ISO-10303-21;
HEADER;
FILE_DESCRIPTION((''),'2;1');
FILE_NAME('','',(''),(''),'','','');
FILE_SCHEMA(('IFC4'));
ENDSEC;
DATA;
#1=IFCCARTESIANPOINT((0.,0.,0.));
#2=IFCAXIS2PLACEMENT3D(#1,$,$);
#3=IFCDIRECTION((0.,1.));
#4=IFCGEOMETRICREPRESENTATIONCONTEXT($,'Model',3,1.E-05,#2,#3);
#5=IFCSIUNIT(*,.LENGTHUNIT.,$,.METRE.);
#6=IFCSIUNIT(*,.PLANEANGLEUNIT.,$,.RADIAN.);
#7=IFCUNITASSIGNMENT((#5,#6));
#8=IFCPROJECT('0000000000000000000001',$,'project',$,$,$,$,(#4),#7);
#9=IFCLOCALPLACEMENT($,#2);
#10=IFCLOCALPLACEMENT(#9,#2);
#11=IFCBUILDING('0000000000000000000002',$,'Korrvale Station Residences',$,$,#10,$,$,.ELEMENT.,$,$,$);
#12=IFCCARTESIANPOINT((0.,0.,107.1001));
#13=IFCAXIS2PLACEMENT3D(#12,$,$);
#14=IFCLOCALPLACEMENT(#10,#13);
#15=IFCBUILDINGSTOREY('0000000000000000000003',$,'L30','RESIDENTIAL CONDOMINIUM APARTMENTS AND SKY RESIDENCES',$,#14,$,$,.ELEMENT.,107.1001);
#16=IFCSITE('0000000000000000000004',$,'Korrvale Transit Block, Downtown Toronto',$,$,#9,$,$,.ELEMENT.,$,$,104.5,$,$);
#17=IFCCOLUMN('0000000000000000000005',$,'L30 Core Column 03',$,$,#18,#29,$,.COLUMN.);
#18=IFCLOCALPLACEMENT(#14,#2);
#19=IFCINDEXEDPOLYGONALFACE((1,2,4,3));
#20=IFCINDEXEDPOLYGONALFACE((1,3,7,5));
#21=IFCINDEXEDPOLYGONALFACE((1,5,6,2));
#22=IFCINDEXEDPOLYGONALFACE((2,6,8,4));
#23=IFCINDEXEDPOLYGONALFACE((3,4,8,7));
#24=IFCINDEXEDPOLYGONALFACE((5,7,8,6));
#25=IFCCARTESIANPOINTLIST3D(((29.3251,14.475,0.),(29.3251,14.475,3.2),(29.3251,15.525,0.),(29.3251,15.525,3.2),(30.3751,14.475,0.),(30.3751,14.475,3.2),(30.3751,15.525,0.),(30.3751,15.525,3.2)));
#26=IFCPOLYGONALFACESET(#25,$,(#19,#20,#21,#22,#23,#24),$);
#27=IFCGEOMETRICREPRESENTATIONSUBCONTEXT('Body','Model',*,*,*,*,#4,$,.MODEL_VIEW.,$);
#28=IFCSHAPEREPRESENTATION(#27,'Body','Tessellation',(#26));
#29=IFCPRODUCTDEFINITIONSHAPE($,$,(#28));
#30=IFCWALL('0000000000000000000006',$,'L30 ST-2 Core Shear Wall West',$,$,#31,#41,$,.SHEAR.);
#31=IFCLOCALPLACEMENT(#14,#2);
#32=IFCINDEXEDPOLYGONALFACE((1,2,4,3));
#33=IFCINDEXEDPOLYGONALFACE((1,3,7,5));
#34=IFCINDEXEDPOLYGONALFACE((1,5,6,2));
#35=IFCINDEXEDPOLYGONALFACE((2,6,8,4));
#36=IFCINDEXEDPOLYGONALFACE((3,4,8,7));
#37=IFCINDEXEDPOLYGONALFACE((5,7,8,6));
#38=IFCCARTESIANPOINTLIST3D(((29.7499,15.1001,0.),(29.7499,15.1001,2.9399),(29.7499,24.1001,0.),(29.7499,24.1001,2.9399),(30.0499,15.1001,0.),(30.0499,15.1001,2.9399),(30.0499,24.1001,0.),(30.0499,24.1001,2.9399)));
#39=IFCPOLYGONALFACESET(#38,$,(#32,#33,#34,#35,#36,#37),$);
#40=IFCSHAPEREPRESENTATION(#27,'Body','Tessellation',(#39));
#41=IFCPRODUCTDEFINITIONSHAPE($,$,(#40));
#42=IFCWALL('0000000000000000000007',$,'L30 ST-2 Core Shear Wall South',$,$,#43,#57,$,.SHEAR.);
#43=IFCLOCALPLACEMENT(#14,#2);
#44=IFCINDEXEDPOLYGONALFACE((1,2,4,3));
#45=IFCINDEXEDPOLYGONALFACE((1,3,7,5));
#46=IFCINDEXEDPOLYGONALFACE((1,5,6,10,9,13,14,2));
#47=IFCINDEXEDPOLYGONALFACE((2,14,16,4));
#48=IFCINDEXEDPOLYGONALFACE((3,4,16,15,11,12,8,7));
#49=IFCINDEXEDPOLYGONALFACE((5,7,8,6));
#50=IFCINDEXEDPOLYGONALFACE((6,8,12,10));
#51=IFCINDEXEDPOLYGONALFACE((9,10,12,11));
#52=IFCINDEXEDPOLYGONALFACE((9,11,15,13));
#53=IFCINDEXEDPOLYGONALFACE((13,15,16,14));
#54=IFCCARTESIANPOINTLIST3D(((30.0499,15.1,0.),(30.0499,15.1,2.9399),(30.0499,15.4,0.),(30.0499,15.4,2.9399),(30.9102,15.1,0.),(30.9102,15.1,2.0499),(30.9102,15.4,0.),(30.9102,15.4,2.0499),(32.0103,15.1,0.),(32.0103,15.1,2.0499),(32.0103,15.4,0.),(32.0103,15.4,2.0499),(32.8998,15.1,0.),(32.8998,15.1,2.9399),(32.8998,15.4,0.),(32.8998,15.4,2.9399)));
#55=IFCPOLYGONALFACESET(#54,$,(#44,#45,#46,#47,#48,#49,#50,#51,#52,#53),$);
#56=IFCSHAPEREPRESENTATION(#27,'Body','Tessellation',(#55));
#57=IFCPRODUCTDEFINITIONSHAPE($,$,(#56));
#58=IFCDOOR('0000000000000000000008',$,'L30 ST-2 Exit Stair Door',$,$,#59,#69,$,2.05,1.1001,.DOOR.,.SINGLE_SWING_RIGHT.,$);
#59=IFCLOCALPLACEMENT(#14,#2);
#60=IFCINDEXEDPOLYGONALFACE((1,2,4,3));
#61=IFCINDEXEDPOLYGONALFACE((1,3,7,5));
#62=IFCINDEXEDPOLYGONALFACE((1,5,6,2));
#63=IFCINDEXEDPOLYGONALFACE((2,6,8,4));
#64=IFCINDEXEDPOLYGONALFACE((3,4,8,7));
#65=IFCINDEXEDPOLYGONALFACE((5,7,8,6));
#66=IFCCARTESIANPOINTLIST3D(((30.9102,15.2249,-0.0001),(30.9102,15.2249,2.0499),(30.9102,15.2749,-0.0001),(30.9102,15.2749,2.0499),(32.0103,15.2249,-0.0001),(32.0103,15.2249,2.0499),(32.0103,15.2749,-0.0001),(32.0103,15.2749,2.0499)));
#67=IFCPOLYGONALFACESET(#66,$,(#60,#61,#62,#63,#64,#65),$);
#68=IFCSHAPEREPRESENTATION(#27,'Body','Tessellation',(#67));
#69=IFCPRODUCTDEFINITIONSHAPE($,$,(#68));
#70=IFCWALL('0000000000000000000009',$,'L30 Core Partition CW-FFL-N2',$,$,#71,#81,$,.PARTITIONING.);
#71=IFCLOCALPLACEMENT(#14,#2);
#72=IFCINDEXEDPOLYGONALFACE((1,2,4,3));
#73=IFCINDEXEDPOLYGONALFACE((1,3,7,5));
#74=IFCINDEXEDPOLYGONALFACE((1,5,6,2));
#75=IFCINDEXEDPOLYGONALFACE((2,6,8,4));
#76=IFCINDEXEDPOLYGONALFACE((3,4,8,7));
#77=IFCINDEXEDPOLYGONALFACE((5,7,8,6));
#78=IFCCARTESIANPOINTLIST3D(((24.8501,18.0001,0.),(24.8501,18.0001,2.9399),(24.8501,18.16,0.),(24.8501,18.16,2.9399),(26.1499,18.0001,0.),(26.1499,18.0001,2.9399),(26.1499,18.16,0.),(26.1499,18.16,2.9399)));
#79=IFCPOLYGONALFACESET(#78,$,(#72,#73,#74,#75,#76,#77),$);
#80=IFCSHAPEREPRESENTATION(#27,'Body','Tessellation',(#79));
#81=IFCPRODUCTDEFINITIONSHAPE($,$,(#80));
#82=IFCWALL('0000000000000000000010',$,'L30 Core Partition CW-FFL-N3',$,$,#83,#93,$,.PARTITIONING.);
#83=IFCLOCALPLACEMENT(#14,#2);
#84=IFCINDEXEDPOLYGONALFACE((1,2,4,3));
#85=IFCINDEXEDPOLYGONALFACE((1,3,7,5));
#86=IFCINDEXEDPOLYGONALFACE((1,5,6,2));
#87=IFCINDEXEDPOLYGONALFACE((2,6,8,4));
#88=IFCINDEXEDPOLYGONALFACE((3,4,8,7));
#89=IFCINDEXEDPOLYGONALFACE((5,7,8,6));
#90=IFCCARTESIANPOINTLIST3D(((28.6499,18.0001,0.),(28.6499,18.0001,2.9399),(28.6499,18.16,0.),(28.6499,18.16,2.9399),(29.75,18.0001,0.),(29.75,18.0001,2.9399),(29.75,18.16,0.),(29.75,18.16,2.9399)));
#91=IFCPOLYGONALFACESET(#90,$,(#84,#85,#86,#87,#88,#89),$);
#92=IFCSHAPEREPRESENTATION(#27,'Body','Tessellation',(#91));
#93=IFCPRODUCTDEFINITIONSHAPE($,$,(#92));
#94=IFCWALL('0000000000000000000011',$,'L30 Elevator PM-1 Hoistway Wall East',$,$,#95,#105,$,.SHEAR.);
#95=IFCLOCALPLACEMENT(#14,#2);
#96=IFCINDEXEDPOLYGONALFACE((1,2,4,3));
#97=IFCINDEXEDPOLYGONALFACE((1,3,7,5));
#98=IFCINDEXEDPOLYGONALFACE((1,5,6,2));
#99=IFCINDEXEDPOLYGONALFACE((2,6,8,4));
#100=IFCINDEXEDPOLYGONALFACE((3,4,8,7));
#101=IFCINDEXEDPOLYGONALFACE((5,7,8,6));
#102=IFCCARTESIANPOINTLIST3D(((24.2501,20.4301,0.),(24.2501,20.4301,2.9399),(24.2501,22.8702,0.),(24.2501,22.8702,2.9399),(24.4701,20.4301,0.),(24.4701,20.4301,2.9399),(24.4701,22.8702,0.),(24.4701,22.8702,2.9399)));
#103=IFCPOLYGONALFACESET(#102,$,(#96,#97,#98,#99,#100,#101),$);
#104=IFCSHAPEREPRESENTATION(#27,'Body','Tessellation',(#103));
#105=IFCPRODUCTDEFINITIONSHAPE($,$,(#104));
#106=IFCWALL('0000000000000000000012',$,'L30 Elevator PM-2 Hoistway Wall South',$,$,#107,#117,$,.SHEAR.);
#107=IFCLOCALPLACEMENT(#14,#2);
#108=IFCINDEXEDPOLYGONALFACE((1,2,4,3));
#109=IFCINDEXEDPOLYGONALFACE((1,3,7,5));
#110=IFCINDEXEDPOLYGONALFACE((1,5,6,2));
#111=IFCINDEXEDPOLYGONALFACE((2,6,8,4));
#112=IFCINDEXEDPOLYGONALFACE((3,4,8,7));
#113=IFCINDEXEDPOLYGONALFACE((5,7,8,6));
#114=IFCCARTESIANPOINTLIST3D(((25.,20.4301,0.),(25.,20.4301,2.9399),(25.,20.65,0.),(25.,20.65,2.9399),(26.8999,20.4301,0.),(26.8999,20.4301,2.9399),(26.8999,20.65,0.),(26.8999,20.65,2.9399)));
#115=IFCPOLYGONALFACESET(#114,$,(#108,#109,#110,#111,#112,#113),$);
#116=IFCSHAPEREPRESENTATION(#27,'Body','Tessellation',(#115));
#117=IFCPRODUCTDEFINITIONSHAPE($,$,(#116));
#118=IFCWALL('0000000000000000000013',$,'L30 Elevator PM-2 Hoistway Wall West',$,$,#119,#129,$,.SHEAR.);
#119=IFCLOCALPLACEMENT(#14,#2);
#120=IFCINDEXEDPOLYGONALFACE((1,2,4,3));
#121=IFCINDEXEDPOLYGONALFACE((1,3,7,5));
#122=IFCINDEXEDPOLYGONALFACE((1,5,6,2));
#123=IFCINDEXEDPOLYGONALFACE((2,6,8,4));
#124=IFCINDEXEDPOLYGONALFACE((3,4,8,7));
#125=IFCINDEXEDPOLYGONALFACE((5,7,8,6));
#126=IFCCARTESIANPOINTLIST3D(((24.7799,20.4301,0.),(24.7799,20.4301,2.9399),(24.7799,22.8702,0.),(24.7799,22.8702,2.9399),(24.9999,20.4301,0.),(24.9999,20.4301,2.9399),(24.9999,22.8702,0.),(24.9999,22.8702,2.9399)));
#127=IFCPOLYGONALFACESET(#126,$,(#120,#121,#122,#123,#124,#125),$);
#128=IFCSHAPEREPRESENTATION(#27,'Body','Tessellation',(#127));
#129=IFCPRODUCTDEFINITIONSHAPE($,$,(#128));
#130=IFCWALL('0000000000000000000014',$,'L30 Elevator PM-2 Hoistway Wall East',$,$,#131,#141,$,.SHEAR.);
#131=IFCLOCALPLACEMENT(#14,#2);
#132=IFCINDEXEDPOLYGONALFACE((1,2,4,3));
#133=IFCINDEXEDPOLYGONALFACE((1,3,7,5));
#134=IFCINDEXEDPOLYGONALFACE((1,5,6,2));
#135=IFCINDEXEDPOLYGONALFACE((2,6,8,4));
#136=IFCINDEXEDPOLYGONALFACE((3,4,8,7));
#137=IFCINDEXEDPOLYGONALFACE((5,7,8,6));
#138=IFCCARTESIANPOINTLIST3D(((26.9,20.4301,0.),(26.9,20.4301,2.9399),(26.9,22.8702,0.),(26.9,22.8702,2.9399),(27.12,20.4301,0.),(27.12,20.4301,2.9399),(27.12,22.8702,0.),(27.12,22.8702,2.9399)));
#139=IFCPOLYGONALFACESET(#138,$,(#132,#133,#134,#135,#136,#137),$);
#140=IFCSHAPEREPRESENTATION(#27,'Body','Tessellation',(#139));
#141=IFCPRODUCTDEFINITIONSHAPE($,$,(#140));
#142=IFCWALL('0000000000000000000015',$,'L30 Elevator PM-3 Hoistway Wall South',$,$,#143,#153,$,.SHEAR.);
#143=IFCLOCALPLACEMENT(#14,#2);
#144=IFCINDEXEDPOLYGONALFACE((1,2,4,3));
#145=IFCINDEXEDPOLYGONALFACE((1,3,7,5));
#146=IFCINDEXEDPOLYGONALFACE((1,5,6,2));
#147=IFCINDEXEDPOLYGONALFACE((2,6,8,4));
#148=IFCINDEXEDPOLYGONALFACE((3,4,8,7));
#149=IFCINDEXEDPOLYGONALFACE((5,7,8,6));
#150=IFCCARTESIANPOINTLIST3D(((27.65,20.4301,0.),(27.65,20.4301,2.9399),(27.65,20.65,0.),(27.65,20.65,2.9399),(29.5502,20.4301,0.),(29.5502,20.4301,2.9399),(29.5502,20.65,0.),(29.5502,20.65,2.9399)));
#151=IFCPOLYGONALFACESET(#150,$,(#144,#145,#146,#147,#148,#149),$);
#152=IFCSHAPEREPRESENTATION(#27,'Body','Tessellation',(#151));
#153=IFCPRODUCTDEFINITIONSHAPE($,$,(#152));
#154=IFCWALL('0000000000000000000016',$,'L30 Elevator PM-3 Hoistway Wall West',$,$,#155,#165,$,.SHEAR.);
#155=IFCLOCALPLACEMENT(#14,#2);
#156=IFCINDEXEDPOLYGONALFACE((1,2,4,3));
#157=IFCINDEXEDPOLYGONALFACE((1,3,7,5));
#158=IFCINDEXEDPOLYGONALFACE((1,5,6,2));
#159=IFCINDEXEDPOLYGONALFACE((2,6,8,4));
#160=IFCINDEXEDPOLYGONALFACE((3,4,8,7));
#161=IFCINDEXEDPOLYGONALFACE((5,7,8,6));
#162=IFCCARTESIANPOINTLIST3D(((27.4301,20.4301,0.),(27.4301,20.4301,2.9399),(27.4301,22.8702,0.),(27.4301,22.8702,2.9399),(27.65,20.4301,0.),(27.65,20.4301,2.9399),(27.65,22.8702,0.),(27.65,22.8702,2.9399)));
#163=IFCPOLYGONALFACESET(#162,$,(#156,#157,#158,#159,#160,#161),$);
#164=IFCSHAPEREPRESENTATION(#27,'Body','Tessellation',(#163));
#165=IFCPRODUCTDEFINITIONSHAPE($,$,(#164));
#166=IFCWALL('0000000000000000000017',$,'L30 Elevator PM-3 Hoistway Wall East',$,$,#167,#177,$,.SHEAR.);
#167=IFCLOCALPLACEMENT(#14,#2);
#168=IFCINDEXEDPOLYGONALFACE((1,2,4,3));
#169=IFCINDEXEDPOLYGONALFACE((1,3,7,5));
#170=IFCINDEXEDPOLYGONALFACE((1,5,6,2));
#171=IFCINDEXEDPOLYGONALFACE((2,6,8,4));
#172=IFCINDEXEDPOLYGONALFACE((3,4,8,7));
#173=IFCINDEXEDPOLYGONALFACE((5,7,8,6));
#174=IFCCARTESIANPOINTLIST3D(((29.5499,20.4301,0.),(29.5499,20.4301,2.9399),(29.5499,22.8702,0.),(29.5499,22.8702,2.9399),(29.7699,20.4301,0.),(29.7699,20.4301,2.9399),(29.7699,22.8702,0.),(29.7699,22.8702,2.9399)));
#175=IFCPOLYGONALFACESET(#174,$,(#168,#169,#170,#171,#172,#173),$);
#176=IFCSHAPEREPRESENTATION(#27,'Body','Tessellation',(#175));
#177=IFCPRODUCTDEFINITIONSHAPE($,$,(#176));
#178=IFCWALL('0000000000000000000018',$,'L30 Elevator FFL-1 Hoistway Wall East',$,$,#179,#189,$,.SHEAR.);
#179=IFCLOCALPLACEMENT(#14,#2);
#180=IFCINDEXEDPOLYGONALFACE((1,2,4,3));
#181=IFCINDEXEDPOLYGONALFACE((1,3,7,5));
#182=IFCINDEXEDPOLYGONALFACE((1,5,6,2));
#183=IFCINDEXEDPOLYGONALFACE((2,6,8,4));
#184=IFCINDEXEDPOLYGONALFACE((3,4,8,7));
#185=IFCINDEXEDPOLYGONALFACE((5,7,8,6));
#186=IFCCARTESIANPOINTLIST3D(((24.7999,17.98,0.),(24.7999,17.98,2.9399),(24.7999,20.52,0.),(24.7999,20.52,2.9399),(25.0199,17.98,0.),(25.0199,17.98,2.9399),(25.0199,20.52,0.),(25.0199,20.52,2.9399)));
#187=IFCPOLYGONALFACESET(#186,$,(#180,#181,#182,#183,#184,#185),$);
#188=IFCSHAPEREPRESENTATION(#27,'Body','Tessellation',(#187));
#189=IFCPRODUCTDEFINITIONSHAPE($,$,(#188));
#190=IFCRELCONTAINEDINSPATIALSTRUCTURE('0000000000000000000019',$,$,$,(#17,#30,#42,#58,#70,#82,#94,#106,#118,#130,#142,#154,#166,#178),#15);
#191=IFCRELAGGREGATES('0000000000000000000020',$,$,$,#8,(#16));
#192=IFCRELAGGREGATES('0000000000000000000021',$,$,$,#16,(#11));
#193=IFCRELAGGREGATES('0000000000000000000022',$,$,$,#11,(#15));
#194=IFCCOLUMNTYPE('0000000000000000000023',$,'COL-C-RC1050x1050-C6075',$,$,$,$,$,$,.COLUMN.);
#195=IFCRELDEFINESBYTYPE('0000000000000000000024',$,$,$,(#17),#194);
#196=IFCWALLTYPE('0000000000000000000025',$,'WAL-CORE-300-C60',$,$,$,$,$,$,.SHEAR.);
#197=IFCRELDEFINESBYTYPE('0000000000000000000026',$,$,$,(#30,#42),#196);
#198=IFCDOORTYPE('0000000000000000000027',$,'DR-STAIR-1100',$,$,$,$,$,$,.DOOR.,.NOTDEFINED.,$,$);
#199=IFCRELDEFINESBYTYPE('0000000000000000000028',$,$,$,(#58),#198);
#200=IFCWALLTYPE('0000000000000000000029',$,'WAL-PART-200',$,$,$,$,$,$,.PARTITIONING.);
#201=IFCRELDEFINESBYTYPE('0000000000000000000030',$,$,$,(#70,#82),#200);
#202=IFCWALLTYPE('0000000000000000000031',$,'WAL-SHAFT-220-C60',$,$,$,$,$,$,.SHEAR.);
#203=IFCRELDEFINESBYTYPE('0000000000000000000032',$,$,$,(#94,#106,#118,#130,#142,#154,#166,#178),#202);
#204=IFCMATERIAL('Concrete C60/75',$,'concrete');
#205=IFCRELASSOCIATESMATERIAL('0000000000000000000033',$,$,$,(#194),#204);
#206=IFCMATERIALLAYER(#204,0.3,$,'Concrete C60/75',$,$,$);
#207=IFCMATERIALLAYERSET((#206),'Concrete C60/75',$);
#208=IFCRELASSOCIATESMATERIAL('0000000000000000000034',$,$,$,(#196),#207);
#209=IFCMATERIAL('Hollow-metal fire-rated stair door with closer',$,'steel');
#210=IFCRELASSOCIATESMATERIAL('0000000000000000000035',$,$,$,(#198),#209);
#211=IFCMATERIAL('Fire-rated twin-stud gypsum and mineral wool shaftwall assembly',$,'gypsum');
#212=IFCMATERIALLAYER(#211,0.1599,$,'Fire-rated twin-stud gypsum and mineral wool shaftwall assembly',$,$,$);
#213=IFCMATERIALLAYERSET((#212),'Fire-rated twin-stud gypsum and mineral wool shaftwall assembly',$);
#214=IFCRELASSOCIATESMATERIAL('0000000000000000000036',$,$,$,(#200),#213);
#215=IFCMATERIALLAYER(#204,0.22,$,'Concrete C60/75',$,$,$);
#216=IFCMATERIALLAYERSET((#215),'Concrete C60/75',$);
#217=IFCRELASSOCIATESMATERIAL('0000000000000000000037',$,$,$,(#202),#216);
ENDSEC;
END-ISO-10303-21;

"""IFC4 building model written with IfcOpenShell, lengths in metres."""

from ifc_helpers import new_model, si_unit, direction, frame, frame_2d, origin, origin_2d, place, context, subcontext, project, spatial, rectangle, extrude, material, layer, layer_set, material_profile, profile_set, type_object, element, fill, save


model = new_model("IFC4")

# Units and contexts
model_context = context("Model", 3, precision=1e-05, world=origin(), true_north=direction((0.0, 1.0)))
body_context = subcontext(model_context, "Body", "Model", "MODEL_VIEW")
ifc_project = project(units=[si_unit("LENGTHUNIT", "METRE"), si_unit("PLANEANGLEUNIT", "RADIAN")], contexts=[model_context])

# Site, building, storey
site_placement = place(None, origin())
site = spatial("IfcSite", under=ifc_project, at=site_placement, Name="Korrvale Transit Block, Downtown Toronto", CompositionType="ELEMENT", RefElevation=104.5)
building_placement = place(site_placement, origin())
building = spatial("IfcBuilding", under=site, at=building_placement, Name="Korrvale Station Residences", CompositionType="ELEMENT")
storey_placement = place(building_placement, frame((0.0, 0.0, 107.1001)))
storey = spatial("IfcBuildingStorey", under=building, at=storey_placement, Name="L30", Description="RESIDENTIAL CONDOMINIUM APARTMENTS AND SKY RESIDENCES", CompositionType="ELEMENT", Elevation=107.1001)

# Column
ifc_material_1 = material(Name="Concrete C60/75", Category="concrete")
ifc_material_profile = material_profile(ifc_material_1, rectangle(XDim=1.05, YDim=1.05, at=origin_2d()), Name="RC1050x1050")
ifc_profile_set = profile_set([ifc_material_profile], Name="Concrete C60/75")
column_type = type_object("IfcColumnType", Name="COL-C-RC1050x1050-C6075", PredefinedType="COLUMN", material=ifc_profile_set)
column_placement = place(storey_placement, frame((29.8501, 15.0, 0.0), z_axis=(0.0, 0.0, 1.0), x_axis=(1.0, 0.0, 0.0)))
element("IfcColumn", 1, at=column_placement, inside=storey, type_object=column_type, Name="L30 Core Column 03", PredefinedType="COLUMN", context=body_context, shape_type="SweptSolid", body=[
    extrude(rectangle(XDim=1.05, YDim=1.05, at=origin_2d()), origin(), (0.0, 0.0, 1.0), 3.2),
])

# Wall
ifc_layer_1 = layer(ifc_material_1, 0.3, Name="Concrete C60/75")
ifc_layer_set_1 = layer_set([ifc_layer_1], Name="Concrete C60/75")
wall_type_1 = type_object("IfcWallType", Name="WAL-CORE-300-C60", PredefinedType="SHEAR", material=ifc_layer_set_1)
wall_1_placement = place(storey_placement, frame((29.8999, 15.1001, 0.0), z_axis=(0.0, 0.0, 1.0), x_axis=(0.0, 1.0, 0.0)))
element("IfcWall", 2, at=wall_1_placement, inside=storey, type_object=wall_type_1, Name="L30 ST-2 Core Shear Wall West", PredefinedType="SHEAR", context=body_context, shape_type="SweptSolid", body=[
    extrude(rectangle(XDim=9.0, YDim=0.3, at=frame_2d((4.5, 0.0))), origin(), (0.0, 0.0, 1.0), 2.9399),
])

# Wall, opening, door
wall_2_placement = place(storey_placement, frame((30.05, 15.25, 0.0), z_axis=(0.0, 0.0, 1.0), x_axis=(1.0, 0.0, 0.0)))
wall_2 = element("IfcWall", 3, at=wall_2_placement, inside=storey, type_object=wall_type_1, Name="L30 ST-2 Core Shear Wall South", PredefinedType="SHEAR", context=body_context, shape_type="SweptSolid", body=[
    extrude(rectangle(XDim=2.8499, YDim=0.3, at=frame_2d((1.4248, 0.0))), origin(), (0.0, 0.0, 1.0), 2.9399),
])
opening_1_placement = place(wall_2_placement, frame((0.8601, 0.0, 0.0)))
opening_1 = element("IfcOpeningElement", 4, at=opening_1_placement, cuts=wall_2, PredefinedType="OPENING", context=body_context, shape_type="SweptSolid", body=[
    extrude(rectangle(XDim=1.1001, YDim=2.05, at=frame_2d((0.55, 1.0249))), frame((0.0, 0.1602, 0.0), z_axis=(0.0, -1.0, 0.0), x_axis=(1.0, 0.0, 0.0)), (0.0, 0.0, 1.0), 0.3201),
])
ifc_material_2 = material(Name="Hollow-metal fire-rated stair door with closer", Category="steel")
door_type_1 = type_object("IfcDoorType", Name="DR-STAIR-1100", OperationType="NOTDEFINED", PredefinedType="DOOR", material=ifc_material_2)
door_1_placement = place(opening_1_placement, origin())
door_1 = element("IfcDoor", 5, at=door_1_placement, inside=storey, type_object=door_type_1, Name="L30 ST-2 Exit Stair Door", OperationType="SINGLE_SWING_RIGHT", OverallHeight=2.05, OverallWidth=1.1001, PredefinedType="DOOR", context=body_context, shape_type="SweptSolid", body=[
    extrude(rectangle(XDim=1.1001, YDim=2.05, at=frame_2d((0.55, 1.0249))), frame((0.0, 0.0249, 0.0), z_axis=(0.0, -1.0, 0.0), x_axis=(1.0, 0.0, 0.0)), (0.0, 0.0, 1.0), 0.05),
])
fill(opening_1, door_1)

# Walls
ifc_material_3 = material(Name="Fire-rated twin-stud gypsum and mineral wool shaftwall assembly", Category="gypsum")
ifc_layer_2 = layer(ifc_material_3, 0.1599, Name="Fire-rated twin-stud gypsum and mineral wool shaftwall assembly")
ifc_layer_set_2 = layer_set([ifc_layer_2], Name="Fire-rated twin-stud gypsum and mineral wool shaftwall assembly")
wall_type_2 = type_object("IfcWallType", Name="WAL-PART-200", PredefinedType="PARTITIONING", material=ifc_layer_set_2)
wall_3_placement = place(storey_placement, frame((24.8501, 18.0801, 0.0), z_axis=(0.0, 0.0, 1.0), x_axis=(1.0, 0.0, 0.0)))
element("IfcWall", 6, at=wall_3_placement, inside=storey, type_object=wall_type_2, Name="L30 Core Partition CW-FFL-N2", PredefinedType="PARTITIONING", context=body_context, shape_type="SweptSolid", body=[
    extrude(rectangle(XDim=1.2998, YDim=0.1599, at=frame_2d((0.6499, 0.0))), origin(), (0.0, 0.0, 1.0), 2.9399),
])
wall_4_placement = place(storey_placement, frame((28.6499, 18.0801, 0.0), z_axis=(0.0, 0.0, 1.0), x_axis=(1.0, 0.0, 0.0)))
element("IfcWall", 7, at=wall_4_placement, inside=storey, type_object=wall_type_2, Name="L30 Core Partition CW-FFL-N3", PredefinedType="PARTITIONING", context=body_context, shape_type="SweptSolid", body=[
    extrude(rectangle(XDim=1.1001, YDim=0.1599, at=frame_2d((0.55, 0.0))), origin(), (0.0, 0.0, 1.0), 2.9399),
])
ifc_layer_3 = layer(ifc_material_1, 0.22, Name="Concrete C60/75")
ifc_layer_set_3 = layer_set([ifc_layer_3], Name="Concrete C60/75")
wall_type_3 = type_object("IfcWallType", Name="WAL-SHAFT-220-C60", PredefinedType="SHEAR", material=ifc_layer_set_3)
wall_5_placement = place(storey_placement, frame((24.3601, 20.4299, 0.0), z_axis=(0.0, 0.0, 1.0), x_axis=(0.0, 1.0, 0.0)))
element("IfcWall", 8, at=wall_5_placement, inside=storey, type_object=wall_type_3, Name="L30 Elevator PM-1 Hoistway Wall East", PredefinedType="SHEAR", context=body_context, shape_type="SweptSolid", body=[
    extrude(rectangle(XDim=2.4402, YDim=0.22, at=frame_2d((1.2202, 0.0))), origin(), (0.0, 0.0, 1.0), 2.9399),
])
wall_6_placement = place(storey_placement, frame((25.0, 20.54, 0.0), z_axis=(0.0, 0.0, 1.0), x_axis=(1.0, 0.0, 0.0)))
element("IfcWall", 9, at=wall_6_placement, inside=storey, type_object=wall_type_3, Name="L30 Elevator PM-2 Hoistway Wall South", PredefinedType="SHEAR", context=body_context, shape_type="SweptSolid", body=[
    extrude(rectangle(XDim=1.8999, YDim=0.22, at=frame_2d((0.95, 0.0))), origin(), (0.0, 0.0, 1.0), 2.9399),
])
for number, where, z_axis, x_axis, name in (
    (10, (24.8899, 20.4299, 0.0), (0.0, 0.0, 1.0), (0.0, 1.0, 0.0), "L30 Elevator PM-2 Hoistway Wall West"),
    (11, (27.01, 20.4299, 0.0), (0.0, 0.0, 1.0), (0.0, 1.0, 0.0), "L30 Elevator PM-2 Hoistway Wall East"),
):
    element("IfcWall", number, at=place(storey_placement, frame(where, z_axis=z_axis, x_axis=x_axis)), inside=storey, type_object=wall_type_3, Name=name, PredefinedType="SHEAR", context=body_context, shape_type="SweptSolid", body=[
        extrude(rectangle(XDim=2.4402, YDim=0.22, at=frame_2d((1.2202, 0.0))), origin(), (0.0, 0.0, 1.0), 2.9399),
    ])
wall_7_placement = place(storey_placement, frame((27.6499, 20.54, 0.0), z_axis=(0.0, 0.0, 1.0), x_axis=(1.0, 0.0, 0.0)))
element("IfcWall", 12, at=wall_7_placement, inside=storey, type_object=wall_type_3, Name="L30 Elevator PM-3 Hoistway Wall South", PredefinedType="SHEAR", context=body_context, shape_type="SweptSolid", body=[
    extrude(rectangle(XDim=1.9001, YDim=0.22, at=frame_2d((0.9502, 0.0))), origin(), (0.0, 0.0, 1.0), 2.9399),
])
for number, where, z_axis, x_axis, name in (
    (13, (27.54, 20.4299, 0.0), (0.0, 0.0, 1.0), (0.0, 1.0, 0.0), "L30 Elevator PM-3 Hoistway Wall West"),
    (14, (29.6599, 20.4299, 0.0), (0.0, 0.0, 1.0), (0.0, 1.0, 0.0), "L30 Elevator PM-3 Hoistway Wall East"),
):
    element("IfcWall", number, at=place(storey_placement, frame(where, z_axis=z_axis, x_axis=x_axis)), inside=storey, type_object=wall_type_3, Name=name, PredefinedType="SHEAR", context=body_context, shape_type="SweptSolid", body=[
        extrude(rectangle(XDim=2.4402, YDim=0.22, at=frame_2d((1.2202, 0.0))), origin(), (0.0, 0.0, 1.0), 2.9399),
    ])
wall_8_placement = place(storey_placement, frame((24.9099, 17.98, 0.0), z_axis=(0.0, 0.0, 1.0), x_axis=(0.0, 1.0, 0.0)))
element("IfcWall", 15, at=wall_8_placement, inside=storey, type_object=wall_type_3, Name="L30 Elevator FFL-1 Hoistway Wall East", PredefinedType="SHEAR", context=body_context, shape_type="SweptSolid", body=[
    extrude(rectangle(XDim=2.54, YDim=0.22, at=frame_2d((1.27, 0.0))), origin(), (0.0, 0.0, 1.0), 2.9399),
])

save(model, "model.ifc")
